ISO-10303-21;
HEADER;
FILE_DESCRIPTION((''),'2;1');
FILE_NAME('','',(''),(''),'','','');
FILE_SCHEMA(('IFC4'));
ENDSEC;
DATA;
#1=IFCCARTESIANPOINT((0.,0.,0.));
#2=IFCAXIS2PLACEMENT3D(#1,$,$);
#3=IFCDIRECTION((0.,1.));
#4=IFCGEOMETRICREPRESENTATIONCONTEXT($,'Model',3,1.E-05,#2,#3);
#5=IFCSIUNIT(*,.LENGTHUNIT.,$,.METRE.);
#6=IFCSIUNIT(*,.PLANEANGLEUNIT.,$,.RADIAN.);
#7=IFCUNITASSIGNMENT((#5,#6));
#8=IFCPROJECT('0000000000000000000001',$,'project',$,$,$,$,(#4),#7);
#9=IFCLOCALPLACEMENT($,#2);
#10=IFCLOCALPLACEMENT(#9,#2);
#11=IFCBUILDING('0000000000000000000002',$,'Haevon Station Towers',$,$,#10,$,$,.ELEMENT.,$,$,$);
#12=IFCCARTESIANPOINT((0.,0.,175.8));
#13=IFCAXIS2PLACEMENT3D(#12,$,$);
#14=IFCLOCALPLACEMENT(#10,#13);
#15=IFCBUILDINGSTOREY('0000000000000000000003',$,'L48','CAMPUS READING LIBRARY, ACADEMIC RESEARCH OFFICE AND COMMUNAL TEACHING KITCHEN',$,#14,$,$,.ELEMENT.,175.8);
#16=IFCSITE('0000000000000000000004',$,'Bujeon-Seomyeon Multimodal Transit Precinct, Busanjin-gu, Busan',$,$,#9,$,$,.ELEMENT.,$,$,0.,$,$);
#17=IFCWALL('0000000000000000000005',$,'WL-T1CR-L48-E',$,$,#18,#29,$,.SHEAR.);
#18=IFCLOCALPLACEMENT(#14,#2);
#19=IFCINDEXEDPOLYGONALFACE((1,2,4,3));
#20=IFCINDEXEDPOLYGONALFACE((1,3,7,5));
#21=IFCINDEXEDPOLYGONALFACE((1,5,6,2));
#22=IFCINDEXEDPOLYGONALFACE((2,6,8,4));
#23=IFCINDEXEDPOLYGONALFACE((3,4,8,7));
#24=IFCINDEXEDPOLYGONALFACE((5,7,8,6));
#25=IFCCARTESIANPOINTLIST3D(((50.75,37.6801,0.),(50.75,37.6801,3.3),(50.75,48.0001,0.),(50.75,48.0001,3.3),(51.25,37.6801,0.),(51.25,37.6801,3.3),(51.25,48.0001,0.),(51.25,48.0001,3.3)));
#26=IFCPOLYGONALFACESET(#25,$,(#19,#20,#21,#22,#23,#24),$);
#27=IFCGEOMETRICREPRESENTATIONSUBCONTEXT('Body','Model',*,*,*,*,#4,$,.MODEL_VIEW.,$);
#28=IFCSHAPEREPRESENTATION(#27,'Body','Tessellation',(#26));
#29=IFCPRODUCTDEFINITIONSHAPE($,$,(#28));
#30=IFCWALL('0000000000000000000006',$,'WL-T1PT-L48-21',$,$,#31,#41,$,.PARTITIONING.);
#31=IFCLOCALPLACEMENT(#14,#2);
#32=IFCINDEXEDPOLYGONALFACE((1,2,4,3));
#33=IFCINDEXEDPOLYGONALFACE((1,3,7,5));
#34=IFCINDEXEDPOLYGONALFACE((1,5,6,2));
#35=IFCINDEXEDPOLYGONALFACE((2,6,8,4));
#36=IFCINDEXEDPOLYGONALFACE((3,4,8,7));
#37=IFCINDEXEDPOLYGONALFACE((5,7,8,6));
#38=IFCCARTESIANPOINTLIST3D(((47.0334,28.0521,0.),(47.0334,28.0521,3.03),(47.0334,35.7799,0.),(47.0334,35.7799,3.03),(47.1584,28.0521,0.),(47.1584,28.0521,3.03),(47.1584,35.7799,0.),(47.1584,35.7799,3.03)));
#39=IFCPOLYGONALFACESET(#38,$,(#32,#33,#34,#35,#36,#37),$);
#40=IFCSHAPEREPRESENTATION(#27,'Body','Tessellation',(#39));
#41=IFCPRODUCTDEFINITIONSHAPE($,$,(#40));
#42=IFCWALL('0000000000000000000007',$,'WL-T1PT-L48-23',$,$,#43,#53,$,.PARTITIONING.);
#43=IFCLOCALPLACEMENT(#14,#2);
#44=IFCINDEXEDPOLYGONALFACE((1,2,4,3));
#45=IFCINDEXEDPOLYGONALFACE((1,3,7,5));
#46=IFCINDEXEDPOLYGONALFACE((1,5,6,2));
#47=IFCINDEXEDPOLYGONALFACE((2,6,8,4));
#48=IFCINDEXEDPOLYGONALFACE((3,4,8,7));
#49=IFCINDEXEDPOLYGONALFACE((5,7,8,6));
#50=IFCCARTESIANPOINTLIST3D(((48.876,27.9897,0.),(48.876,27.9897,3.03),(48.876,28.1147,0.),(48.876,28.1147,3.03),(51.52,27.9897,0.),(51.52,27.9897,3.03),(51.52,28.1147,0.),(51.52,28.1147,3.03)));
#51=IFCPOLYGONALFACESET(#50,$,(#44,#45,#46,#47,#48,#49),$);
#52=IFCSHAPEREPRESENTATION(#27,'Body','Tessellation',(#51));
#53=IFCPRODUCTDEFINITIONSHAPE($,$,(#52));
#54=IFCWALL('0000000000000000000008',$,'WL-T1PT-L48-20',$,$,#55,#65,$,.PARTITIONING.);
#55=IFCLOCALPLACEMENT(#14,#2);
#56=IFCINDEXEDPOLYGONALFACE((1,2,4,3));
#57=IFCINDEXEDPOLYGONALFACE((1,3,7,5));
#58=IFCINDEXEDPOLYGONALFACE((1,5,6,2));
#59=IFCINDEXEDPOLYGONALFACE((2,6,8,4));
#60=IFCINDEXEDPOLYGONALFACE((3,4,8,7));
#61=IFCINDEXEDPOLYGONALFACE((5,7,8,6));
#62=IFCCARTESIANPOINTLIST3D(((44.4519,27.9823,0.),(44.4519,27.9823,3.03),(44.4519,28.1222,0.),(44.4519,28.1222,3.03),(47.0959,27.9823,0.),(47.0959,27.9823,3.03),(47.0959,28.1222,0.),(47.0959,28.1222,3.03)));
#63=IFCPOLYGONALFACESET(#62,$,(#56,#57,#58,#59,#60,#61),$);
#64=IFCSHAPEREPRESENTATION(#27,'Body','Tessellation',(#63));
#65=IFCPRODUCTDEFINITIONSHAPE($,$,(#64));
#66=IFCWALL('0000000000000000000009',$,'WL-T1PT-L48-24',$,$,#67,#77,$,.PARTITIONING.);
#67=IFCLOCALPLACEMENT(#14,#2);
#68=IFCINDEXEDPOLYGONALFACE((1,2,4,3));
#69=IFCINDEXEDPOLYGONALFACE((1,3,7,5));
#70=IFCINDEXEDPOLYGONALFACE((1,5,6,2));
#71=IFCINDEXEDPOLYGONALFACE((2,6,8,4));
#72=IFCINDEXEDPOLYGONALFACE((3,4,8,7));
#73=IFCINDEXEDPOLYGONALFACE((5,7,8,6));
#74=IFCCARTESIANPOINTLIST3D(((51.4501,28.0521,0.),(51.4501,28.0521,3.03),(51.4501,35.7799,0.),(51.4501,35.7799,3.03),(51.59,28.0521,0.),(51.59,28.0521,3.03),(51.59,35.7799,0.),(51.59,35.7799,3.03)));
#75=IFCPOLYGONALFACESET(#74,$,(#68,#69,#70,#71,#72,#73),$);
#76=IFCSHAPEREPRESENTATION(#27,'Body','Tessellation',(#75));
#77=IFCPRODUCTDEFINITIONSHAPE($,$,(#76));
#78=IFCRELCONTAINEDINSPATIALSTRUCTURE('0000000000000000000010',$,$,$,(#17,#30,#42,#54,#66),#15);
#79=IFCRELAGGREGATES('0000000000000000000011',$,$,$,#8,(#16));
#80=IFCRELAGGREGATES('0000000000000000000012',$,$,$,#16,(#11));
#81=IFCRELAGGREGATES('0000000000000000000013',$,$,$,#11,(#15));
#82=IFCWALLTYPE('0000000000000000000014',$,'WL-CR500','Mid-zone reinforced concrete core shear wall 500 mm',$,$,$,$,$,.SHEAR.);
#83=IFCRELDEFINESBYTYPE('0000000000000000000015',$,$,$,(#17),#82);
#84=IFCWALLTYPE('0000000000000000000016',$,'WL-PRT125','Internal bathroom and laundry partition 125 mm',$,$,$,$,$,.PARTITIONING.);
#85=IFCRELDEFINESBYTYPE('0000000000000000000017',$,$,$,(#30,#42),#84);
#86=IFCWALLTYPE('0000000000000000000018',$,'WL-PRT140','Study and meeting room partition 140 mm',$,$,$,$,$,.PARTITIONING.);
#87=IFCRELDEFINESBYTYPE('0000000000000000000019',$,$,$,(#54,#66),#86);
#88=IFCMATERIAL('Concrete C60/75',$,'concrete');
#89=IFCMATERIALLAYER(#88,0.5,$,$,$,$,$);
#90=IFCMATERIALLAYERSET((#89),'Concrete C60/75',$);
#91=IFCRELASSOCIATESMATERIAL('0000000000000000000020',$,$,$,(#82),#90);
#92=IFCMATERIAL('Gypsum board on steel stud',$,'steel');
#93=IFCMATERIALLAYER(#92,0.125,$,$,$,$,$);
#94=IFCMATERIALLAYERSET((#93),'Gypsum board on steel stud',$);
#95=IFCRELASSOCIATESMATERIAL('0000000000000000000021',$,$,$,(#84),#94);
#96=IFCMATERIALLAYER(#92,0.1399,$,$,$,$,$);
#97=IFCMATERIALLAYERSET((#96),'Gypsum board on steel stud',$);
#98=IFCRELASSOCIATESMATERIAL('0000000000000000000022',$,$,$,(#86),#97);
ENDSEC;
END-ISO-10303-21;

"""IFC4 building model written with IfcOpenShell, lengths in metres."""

from ifc_helpers import new_model, si_unit, direction, frame, frame_2d, origin, place, context, subcontext, project, spatial, rectangle, extrude, material, layer, layer_set, type_object, element, save


model = new_model("IFC4")

# Units and contexts
model_context = context("Model", 3, precision=1e-05, world=origin(), true_north=direction((0.0, 1.0)))
body_context = subcontext(model_context, "Body", "Model", "MODEL_VIEW")
ifc_project = project(units=[si_unit("LENGTHUNIT", "METRE"), si_unit("PLANEANGLEUNIT", "RADIAN")], contexts=[model_context])

# Site, building, storey
site_placement = place(None, origin())
site = spatial("IfcSite", under=ifc_project, at=site_placement, Name="Bujeon-Seomyeon Multimodal Transit Precinct, Busanjin-gu, Busan", CompositionType="ELEMENT", RefElevation=0.0)
building_placement = place(site_placement, origin())
building = spatial("IfcBuilding", under=site, at=building_placement, Name="Haevon Station Towers", CompositionType="ELEMENT")
storey_placement = place(building_placement, frame((0.0, 0.0, 175.8)))
storey = spatial("IfcBuildingStorey", under=building, at=storey_placement, Name="L48", Description="CAMPUS READING LIBRARY, ACADEMIC RESEARCH OFFICE AND COMMUNAL TEACHING KITCHEN", CompositionType="ELEMENT", Elevation=175.8)

# Walls
ifc_material_1 = material(Name="Concrete C60/75", Category="concrete")
ifc_layer_1 = layer(ifc_material_1, 0.5)
ifc_layer_set_1 = layer_set([ifc_layer_1], Name="Concrete C60/75")
wall_type_1 = type_object("IfcWallType", Name="WL-CR500", Description="Mid-zone reinforced concrete core shear wall 500 mm", PredefinedType="SHEAR", material=ifc_layer_set_1)
wall_1_placement = place(storey_placement, frame((51.0, 37.6799, 0.0), z_axis=(0.0, 0.0, 1.0), x_axis=(0.0, 1.0, 0.0)))
element("IfcWall", 1, at=wall_1_placement, inside=storey, type_object=wall_type_1, Name="WL-T1CR-L48-E", PredefinedType="SHEAR", context=body_context, shape_type="SweptSolid", body=[
    extrude(rectangle(XDim=10.3201, YDim=0.5, at=frame_2d((5.1602, 0.0))), origin(), (0.0, 0.0, 1.0), 3.3),
])
ifc_material_2 = material(Name="Gypsum board on steel stud", Category="steel")
ifc_layer_2 = layer(ifc_material_2, 0.125)
ifc_layer_set_2 = layer_set([ifc_layer_2], Name="Gypsum board on steel stud")
wall_type_2 = type_object("IfcWallType", Name="WL-PRT125", Description="Internal bathroom and laundry partition 125 mm", PredefinedType="PARTITIONING", material=ifc_layer_set_2)
wall_2_placement = place(storey_placement, frame((47.0959, 28.0522, 0.0), z_axis=(0.0, 0.0, 1.0), x_axis=(0.0, 1.0, 0.0)))
element("IfcWall", 2, at=wall_2_placement, inside=storey, type_object=wall_type_2, Name="WL-T1PT-L48-21", PredefinedType="PARTITIONING", context=body_context, shape_type="SweptSolid", body=[
    extrude(rectangle(XDim=7.7278, YDim=0.125, at=frame_2d((3.8638, 0.0))), origin(), (0.0, 0.0, 1.0), 3.03),
])
wall_3_placement = place(storey_placement, frame((48.876, 28.0522, 0.0), z_axis=(0.0, 0.0, 1.0), x_axis=(1.0, 0.0, 0.0)))
element("IfcWall", 3, at=wall_3_placement, inside=storey, type_object=wall_type_2, Name="WL-T1PT-L48-23", PredefinedType="PARTITIONING", context=body_context, shape_type="SweptSolid", body=[
    extrude(rectangle(XDim=2.644, YDim=0.125, at=frame_2d((1.322, 0.0))), origin(), (0.0, 0.0, 1.0), 3.03),
])
ifc_layer_3 = layer(ifc_material_2, 0.1399)
ifc_layer_set_3 = layer_set([ifc_layer_3], Name="Gypsum board on steel stud")
wall_type_3 = type_object("IfcWallType", Name="WL-PRT140", Description="Study and meeting room partition 140 mm", PredefinedType="PARTITIONING", material=ifc_layer_set_3)
wall_4_placement = place(storey_placement, frame((44.4519, 28.0522, 0.0), z_axis=(0.0, 0.0, 1.0), x_axis=(1.0, 0.0, 0.0)))
element("IfcWall", 4, at=wall_4_placement, inside=storey, type_object=wall_type_3, Name="WL-T1PT-L48-20", PredefinedType="PARTITIONING", context=body_context, shape_type="SweptSolid", body=[
    extrude(rectangle(XDim=2.644, YDim=0.1399, at=frame_2d((1.322, 0.0))), origin(), (0.0, 0.0, 1.0), 3.03),
])
wall_5_placement = place(storey_placement, frame((51.52, 28.0522, 0.0), z_axis=(0.0, 0.0, 1.0), x_axis=(0.0, 1.0, 0.0)))
element("IfcWall", 5, at=wall_5_placement, inside=storey, type_object=wall_type_3, Name="WL-T1PT-L48-24", PredefinedType="PARTITIONING", context=body_context, shape_type="SweptSolid", body=[
    extrude(rectangle(XDim=7.7278, YDim=0.1399, at=frame_2d((3.8638, 0.0))), origin(), (0.0, 0.0, 1.0), 3.03),
])

save(model, "model.ifc")
